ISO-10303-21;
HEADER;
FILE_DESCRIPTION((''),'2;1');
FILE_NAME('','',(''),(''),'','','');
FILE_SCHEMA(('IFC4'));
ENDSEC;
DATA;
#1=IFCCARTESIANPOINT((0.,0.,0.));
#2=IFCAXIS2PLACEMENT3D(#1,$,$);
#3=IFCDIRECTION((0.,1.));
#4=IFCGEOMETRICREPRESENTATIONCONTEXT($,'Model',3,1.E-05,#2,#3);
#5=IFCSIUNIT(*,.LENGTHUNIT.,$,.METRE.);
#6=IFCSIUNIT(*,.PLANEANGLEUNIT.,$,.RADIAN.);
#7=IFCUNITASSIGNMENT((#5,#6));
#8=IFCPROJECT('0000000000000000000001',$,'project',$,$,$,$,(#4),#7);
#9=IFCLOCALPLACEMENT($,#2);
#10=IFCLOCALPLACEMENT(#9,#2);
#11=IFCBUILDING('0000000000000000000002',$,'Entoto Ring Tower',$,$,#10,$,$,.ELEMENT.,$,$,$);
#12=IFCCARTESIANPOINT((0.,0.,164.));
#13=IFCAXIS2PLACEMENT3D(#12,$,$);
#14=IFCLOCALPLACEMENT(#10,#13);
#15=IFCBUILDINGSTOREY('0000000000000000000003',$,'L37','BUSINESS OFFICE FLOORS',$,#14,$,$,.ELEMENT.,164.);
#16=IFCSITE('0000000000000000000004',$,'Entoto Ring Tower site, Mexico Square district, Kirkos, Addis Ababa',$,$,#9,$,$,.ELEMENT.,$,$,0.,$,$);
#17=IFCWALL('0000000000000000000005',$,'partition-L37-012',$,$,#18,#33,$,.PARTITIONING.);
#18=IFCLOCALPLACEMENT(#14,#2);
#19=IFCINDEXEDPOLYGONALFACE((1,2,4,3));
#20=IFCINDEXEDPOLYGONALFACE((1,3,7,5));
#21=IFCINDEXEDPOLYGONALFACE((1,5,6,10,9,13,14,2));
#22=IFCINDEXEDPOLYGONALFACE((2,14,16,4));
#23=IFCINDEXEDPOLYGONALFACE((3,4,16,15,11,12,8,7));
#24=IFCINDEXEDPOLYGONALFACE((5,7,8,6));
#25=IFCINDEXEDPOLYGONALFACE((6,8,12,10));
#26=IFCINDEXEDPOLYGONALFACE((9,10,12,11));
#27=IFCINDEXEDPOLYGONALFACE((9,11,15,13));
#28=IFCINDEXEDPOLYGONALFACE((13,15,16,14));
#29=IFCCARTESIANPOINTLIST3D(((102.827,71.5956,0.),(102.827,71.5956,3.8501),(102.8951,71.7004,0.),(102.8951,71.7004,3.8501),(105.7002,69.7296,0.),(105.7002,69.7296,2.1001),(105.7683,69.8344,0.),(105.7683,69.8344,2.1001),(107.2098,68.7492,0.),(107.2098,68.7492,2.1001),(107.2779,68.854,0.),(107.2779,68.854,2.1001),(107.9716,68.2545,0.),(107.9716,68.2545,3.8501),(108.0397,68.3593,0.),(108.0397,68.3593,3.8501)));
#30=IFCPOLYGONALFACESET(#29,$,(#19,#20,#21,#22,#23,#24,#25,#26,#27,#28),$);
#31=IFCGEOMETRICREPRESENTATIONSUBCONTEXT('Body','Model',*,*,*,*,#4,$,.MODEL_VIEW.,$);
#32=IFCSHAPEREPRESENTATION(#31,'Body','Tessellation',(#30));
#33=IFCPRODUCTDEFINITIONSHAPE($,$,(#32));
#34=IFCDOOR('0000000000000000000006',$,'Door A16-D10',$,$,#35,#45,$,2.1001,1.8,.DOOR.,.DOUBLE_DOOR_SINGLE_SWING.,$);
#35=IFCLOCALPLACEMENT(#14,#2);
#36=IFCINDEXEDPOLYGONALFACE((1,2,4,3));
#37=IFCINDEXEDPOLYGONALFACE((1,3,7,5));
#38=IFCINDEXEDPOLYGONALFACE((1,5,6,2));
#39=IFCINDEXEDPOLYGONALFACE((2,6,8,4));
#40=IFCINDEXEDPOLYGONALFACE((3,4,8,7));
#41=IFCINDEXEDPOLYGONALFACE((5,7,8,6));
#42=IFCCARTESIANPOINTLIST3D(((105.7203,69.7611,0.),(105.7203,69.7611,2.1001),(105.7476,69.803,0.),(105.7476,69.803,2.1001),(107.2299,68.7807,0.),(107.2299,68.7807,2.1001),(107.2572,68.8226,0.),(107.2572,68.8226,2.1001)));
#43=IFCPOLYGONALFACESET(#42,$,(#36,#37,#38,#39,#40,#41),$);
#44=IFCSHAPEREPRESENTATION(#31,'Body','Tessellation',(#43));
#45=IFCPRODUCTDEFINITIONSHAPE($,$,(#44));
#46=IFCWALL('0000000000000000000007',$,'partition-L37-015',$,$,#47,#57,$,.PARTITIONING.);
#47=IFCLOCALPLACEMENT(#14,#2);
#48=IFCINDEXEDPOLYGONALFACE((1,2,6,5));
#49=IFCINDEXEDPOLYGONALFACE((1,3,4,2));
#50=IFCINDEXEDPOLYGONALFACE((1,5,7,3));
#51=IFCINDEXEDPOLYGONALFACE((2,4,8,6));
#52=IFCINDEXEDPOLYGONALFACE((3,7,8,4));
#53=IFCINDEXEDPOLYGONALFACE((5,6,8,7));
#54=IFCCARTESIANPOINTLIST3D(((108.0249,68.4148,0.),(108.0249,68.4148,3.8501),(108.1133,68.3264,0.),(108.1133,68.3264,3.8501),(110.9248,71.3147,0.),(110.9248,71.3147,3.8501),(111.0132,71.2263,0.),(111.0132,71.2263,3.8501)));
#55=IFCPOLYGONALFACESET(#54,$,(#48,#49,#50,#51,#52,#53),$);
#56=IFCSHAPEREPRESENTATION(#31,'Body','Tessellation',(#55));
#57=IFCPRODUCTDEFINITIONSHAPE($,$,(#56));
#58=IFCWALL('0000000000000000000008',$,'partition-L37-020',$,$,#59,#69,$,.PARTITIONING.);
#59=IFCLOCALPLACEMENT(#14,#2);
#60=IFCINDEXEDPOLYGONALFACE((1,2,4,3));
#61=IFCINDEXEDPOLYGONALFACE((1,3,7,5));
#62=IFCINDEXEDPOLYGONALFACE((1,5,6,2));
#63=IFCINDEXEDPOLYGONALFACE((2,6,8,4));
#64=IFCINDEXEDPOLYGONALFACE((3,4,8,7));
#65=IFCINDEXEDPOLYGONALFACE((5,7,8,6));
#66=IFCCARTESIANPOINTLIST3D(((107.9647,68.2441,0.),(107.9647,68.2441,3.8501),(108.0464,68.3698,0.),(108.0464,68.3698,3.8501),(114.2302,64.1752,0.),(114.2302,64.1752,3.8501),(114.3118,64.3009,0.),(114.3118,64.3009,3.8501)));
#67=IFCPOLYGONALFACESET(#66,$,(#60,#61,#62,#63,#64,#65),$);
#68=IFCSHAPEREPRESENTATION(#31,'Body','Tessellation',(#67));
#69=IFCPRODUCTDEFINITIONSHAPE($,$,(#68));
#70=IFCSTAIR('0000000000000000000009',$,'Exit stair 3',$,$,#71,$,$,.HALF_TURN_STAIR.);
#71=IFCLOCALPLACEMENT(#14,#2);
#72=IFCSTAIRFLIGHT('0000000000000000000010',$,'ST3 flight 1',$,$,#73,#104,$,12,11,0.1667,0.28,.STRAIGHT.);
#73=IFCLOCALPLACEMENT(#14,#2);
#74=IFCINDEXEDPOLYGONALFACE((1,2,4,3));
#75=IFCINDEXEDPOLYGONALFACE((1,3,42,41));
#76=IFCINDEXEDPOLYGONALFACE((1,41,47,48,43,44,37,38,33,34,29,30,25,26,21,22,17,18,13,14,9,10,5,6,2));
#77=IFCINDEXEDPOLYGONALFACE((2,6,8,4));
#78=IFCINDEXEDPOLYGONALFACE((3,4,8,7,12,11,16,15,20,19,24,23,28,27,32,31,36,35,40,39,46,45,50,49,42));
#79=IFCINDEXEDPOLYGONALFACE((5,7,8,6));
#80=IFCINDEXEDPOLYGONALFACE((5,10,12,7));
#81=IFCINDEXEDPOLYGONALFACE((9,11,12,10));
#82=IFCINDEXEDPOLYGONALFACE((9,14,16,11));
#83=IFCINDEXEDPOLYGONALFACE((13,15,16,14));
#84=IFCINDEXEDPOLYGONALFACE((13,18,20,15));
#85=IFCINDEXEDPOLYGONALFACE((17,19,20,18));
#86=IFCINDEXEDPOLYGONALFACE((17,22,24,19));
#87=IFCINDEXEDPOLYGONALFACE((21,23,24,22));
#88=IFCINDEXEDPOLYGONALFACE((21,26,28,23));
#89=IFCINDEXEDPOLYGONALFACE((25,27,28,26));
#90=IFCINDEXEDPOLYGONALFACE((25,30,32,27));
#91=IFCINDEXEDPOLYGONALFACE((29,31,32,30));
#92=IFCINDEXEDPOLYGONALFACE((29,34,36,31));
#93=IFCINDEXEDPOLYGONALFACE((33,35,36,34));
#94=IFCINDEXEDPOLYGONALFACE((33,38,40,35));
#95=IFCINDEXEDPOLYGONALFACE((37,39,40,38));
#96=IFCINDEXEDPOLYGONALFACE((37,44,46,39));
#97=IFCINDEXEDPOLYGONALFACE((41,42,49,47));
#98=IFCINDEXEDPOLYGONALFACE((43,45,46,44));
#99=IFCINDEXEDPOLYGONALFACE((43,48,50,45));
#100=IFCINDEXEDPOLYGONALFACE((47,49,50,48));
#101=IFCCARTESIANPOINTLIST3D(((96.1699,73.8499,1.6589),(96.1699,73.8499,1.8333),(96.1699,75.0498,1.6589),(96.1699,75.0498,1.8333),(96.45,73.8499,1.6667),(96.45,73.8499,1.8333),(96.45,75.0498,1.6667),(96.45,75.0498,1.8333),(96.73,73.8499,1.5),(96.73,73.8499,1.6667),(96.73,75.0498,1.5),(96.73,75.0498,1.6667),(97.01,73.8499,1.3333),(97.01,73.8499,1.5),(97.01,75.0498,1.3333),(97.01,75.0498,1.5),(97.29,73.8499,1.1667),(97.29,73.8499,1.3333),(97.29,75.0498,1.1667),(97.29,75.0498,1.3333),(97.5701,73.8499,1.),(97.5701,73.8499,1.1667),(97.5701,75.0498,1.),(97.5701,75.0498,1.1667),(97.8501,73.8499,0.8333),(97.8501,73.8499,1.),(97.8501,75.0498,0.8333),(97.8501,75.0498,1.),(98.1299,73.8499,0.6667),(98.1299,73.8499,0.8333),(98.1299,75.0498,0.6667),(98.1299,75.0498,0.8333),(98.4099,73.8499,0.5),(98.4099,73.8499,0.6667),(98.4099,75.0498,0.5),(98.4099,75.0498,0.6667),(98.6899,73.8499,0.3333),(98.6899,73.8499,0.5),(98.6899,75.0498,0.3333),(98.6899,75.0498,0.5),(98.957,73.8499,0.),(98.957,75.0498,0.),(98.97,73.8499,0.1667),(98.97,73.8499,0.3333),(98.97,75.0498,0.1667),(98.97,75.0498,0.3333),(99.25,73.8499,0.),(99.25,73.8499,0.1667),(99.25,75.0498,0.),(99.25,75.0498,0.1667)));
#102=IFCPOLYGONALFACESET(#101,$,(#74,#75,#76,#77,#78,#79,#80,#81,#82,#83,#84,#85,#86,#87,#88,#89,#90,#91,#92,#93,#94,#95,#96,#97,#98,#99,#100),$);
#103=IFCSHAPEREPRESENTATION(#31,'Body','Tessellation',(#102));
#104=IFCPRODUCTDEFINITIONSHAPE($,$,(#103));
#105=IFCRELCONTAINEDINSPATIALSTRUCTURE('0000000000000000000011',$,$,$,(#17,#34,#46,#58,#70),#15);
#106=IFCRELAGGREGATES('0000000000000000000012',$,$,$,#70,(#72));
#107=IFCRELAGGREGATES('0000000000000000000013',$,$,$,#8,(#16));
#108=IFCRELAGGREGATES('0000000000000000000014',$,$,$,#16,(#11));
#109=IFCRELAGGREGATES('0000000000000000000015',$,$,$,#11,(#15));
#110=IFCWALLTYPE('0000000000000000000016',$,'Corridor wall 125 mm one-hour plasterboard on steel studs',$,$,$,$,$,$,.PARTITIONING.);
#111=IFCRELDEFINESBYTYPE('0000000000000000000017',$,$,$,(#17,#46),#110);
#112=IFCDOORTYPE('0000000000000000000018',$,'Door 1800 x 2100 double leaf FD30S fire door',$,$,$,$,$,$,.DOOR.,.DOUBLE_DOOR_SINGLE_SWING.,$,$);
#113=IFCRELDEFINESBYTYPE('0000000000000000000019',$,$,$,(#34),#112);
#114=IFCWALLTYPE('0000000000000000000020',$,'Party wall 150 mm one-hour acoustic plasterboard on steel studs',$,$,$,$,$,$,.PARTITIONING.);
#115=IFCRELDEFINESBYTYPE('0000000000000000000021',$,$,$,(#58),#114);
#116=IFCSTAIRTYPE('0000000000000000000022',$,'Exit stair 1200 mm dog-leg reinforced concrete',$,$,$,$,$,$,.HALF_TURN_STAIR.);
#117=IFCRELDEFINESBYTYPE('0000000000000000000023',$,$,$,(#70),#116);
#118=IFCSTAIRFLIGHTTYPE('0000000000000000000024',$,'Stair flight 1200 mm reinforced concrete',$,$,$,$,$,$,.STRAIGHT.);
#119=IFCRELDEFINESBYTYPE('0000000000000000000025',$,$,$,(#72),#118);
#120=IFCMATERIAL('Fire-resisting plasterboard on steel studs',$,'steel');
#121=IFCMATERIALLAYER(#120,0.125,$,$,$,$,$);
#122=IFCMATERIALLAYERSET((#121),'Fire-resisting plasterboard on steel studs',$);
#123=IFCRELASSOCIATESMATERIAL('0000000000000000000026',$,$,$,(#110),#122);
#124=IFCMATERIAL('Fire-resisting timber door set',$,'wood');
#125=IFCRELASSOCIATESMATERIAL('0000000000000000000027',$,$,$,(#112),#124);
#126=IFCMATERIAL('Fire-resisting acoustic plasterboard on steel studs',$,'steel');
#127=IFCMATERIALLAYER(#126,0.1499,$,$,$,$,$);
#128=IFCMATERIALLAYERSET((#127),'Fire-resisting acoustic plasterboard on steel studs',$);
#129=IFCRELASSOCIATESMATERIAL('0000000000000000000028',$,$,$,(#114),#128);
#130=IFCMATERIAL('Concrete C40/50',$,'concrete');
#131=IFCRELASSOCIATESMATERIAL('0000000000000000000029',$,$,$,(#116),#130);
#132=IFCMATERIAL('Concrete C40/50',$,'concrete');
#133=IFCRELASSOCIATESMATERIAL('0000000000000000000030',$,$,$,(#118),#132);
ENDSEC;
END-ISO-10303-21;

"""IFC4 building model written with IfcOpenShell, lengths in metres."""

from ifc_helpers import new_model, si_unit, direction, frame, frame_2d, origin, place, context, subcontext, project, spatial, polyline, rectangle, outline, extrude, material, layer, layer_set, type_object, element, fill, aggregate, save


model = new_model("IFC4")

# Units and contexts
model_context = context("Model", 3, precision=1e-05, world=origin(), true_north=direction((0.0, 1.0)))
body_context = subcontext(model_context, "Body", "Model", "MODEL_VIEW")
ifc_project = project(units=[si_unit("LENGTHUNIT", "METRE"), si_unit("PLANEANGLEUNIT", "RADIAN")], contexts=[model_context])

# Site, building, storey
site_placement = place(None, origin())
site = spatial("IfcSite", under=ifc_project, at=site_placement, Name="Entoto Ring Tower site, Mexico Square district, Kirkos, Addis Ababa", CompositionType="ELEMENT", RefElevation=0.0)
building_placement = place(site_placement, origin())
building = spatial("IfcBuilding", under=site, at=building_placement, Name="Entoto Ring Tower", CompositionType="ELEMENT")
storey_placement = place(building_placement, frame((0.0, 0.0, 164.0)))
storey = spatial("IfcBuildingStorey", under=building, at=storey_placement, Name="L37", Description="BUSINESS OFFICE FLOORS", CompositionType="ELEMENT", Elevation=164.0)

# Wall, opening, door
ifc_material_1 = material(Name="Fire-resisting plasterboard on steel studs", Category="steel")
ifc_layer_1 = layer(ifc_material_1, 0.125)
ifc_layer_set_1 = layer_set([ifc_layer_1], Name="Fire-resisting plasterboard on steel studs")
wall_type_1 = type_object("IfcWallType", Name="Corridor wall 125 mm one-hour plasterboard on steel studs", PredefinedType="PARTITIONING", material=ifc_layer_set_1)
ifc_material_2 = material(Name="Fire-resisting timber door set", Category="wood")
door_type_1 = type_object("IfcDoorType", Name="Door 1800 x 2100 double leaf FD30S fire door", OperationType="DOUBLE_DOOR_SINGLE_SWING", PredefinedType="DOOR", material=ifc_material_2)
wall_1_placement = place(storey_placement, frame((108.0056, 68.3069, 0.0), z_axis=(0.0, 0.0, 1.0), x_axis=(-0.838658, 0.544658, 0.0)))
wall_1 = element("IfcWall", 1, at=wall_1_placement, inside=storey, type_object=wall_type_1, Name="partition-L37-012", PredefinedType="PARTITIONING", context=body_context, shape_type="SweptSolid", body=[
    extrude(rectangle(XDim=6.1343, YDim=0.125, at=frame_2d((3.0671, 0.0))), origin(), (0.0, 0.0, 1.0), 3.8501),
])
opening_1_placement = place(wall_1_placement, frame((0.9084, 0.0, 0.0)))
opening_1 = element("IfcOpeningElement", 2, at=opening_1_placement, cuts=wall_1, PredefinedType="OPENING", context=body_context, shape_type="SweptSolid", body=[
    extrude(rectangle(XDim=1.8, YDim=2.1001, at=frame_2d((0.8999, 1.05))), frame((0.0, 0.0725, 0.0), z_axis=(0.0, -1.0, 0.0), x_axis=(1.0, 0.0, 0.0)), (0.0, 0.0, 1.0), 0.145),
])
door_1_placement = place(opening_1_placement, frame((1.8, 0.0, 0.0), z_axis=(0.0, 0.0, 1.0), x_axis=(-1.0, 0.0, 0.0)))
door_1 = element("IfcDoor", 3, at=door_1_placement, inside=storey, type_object=door_type_1, Name="Door A16-D10", OperationType="DOUBLE_DOOR_SINGLE_SWING", OverallHeight=2.1001, OverallWidth=1.8, PredefinedType="DOOR", context=body_context, shape_type="SweptSolid", body=[
    extrude(rectangle(XDim=1.8, YDim=2.1001, at=frame_2d((0.8999, 1.05))), frame((0.0, 0.0249, 0.0), z_axis=(0.0, -1.0, 0.0), x_axis=(1.0, 0.0, 0.0)), (0.0, 0.0, 1.0), 0.05),
])
fill(opening_1, door_1)

# Walls
wall_2_placement = place(storey_placement, frame((108.0691, 68.3706, 0.0), z_axis=(0.0, 0.0, 1.0), x_axis=(0.707107, 0.707107, 0.0)))
element("IfcWall", 4, at=wall_2_placement, inside=storey, type_object=wall_type_1, Name="partition-L37-015", PredefinedType="PARTITIONING", context=body_context, shape_type="SweptSolid", body=[
    extrude(rectangle(XDim=4.1011, YDim=0.125, at=frame_2d((2.0505, 0.0))), origin(), (0.0, 0.0, 1.0), 3.8501),
])
ifc_material_3 = material(Name="Fire-resisting acoustic plasterboard on steel studs", Category="steel")
ifc_layer_2 = layer(ifc_material_3, 0.1499)
ifc_layer_set_2 = layer_set([ifc_layer_2], Name="Fire-resisting acoustic plasterboard on steel studs")
wall_type_2 = type_object("IfcWallType", Name="Party wall 150 mm one-hour acoustic plasterboard on steel studs", PredefinedType="PARTITIONING", material=ifc_layer_set_2)
wall_3_placement = place(storey_placement, frame((114.271, 64.238, 0.0), z_axis=(0.0, 0.0, 1.0), x_axis=(-0.838667, 0.544645, 0.0)))
element("IfcWall", 5, at=wall_3_placement, inside=storey, type_object=wall_type_2, Name="partition-L37-020", PredefinedType="PARTITIONING", context=body_context, shape_type="SweptSolid", body=[
    extrude(rectangle(XDim=7.4707, YDim=0.1499, at=frame_2d((3.7354, 0.0))), origin(), (0.0, 0.0, 1.0), 3.8501),
])

# Stair, stair flight
ifc_material_4 = material(Name="Concrete C40/50", Category="concrete")
stair_type = type_object("IfcStairType", Name="Exit stair 1200 mm dog-leg reinforced concrete", PredefinedType="HALF_TURN_STAIR", material=ifc_material_4)
stair_placement = place(storey_placement, origin())
stair = element("IfcStair", 6, at=stair_placement, inside=storey, type_object=stair_type, Name="Exit stair 3", PredefinedType="HALF_TURN_STAIR")
ifc_material_5 = material(Name="Concrete C40/50", Category="concrete")
stair_flight_type = type_object("IfcStairFlightType", Name="Stair flight 1200 mm reinforced concrete", PredefinedType="STRAIGHT", material=ifc_material_5)
stair_flight_placement = place(storey_placement, frame((99.25, 74.45, 0.0), z_axis=(0.0, 0.0, 1.0), x_axis=(-1.0, 0.0, 0.0)))
stair_flight = element("IfcStairFlight", 7, at=stair_flight_placement, type_object=stair_flight_type, Name="ST3 flight 1", NumberOfRisers=12, NumberOfTreads=11, PredefinedType="STRAIGHT", RiserHeight=0.1667, TreadLength=0.28, context=body_context, shape_type="SweptSolid", body=[
    extrude(outline(polyline([(0.0, 0.0), (0.0, 0.1667), (0.28, 0.1667), (0.28, 0.3333), (0.5601, 0.3333), (0.5601, 0.5), (0.8401, 0.5), (0.8401, 0.6667), (1.1201, 0.6667), (1.1201, 0.8333), (1.3999, 0.8333), (1.3999, 1.0), (1.6799, 1.0), (1.6799, 1.1667), (1.96, 1.1667), (1.96, 1.3333), (2.24, 1.3333), (2.24, 1.5), (2.52, 1.5), (2.52, 1.6667), (2.8, 1.6667), (2.8, 1.8333), (3.0801, 1.8333), (3.0801, 2.0), (3.0801, 1.6589), (0.293, 0.0), (0.0, 0.0)])), frame((0.0, 0.6001, 0.0), z_axis=(0.0, -1.0, 0.0), x_axis=(1.0, 0.0, 0.0)), (0.0, 0.0, 1.0), 1.2),
])
aggregate(stair, [stair_flight])

save(model, "model.ifc")
